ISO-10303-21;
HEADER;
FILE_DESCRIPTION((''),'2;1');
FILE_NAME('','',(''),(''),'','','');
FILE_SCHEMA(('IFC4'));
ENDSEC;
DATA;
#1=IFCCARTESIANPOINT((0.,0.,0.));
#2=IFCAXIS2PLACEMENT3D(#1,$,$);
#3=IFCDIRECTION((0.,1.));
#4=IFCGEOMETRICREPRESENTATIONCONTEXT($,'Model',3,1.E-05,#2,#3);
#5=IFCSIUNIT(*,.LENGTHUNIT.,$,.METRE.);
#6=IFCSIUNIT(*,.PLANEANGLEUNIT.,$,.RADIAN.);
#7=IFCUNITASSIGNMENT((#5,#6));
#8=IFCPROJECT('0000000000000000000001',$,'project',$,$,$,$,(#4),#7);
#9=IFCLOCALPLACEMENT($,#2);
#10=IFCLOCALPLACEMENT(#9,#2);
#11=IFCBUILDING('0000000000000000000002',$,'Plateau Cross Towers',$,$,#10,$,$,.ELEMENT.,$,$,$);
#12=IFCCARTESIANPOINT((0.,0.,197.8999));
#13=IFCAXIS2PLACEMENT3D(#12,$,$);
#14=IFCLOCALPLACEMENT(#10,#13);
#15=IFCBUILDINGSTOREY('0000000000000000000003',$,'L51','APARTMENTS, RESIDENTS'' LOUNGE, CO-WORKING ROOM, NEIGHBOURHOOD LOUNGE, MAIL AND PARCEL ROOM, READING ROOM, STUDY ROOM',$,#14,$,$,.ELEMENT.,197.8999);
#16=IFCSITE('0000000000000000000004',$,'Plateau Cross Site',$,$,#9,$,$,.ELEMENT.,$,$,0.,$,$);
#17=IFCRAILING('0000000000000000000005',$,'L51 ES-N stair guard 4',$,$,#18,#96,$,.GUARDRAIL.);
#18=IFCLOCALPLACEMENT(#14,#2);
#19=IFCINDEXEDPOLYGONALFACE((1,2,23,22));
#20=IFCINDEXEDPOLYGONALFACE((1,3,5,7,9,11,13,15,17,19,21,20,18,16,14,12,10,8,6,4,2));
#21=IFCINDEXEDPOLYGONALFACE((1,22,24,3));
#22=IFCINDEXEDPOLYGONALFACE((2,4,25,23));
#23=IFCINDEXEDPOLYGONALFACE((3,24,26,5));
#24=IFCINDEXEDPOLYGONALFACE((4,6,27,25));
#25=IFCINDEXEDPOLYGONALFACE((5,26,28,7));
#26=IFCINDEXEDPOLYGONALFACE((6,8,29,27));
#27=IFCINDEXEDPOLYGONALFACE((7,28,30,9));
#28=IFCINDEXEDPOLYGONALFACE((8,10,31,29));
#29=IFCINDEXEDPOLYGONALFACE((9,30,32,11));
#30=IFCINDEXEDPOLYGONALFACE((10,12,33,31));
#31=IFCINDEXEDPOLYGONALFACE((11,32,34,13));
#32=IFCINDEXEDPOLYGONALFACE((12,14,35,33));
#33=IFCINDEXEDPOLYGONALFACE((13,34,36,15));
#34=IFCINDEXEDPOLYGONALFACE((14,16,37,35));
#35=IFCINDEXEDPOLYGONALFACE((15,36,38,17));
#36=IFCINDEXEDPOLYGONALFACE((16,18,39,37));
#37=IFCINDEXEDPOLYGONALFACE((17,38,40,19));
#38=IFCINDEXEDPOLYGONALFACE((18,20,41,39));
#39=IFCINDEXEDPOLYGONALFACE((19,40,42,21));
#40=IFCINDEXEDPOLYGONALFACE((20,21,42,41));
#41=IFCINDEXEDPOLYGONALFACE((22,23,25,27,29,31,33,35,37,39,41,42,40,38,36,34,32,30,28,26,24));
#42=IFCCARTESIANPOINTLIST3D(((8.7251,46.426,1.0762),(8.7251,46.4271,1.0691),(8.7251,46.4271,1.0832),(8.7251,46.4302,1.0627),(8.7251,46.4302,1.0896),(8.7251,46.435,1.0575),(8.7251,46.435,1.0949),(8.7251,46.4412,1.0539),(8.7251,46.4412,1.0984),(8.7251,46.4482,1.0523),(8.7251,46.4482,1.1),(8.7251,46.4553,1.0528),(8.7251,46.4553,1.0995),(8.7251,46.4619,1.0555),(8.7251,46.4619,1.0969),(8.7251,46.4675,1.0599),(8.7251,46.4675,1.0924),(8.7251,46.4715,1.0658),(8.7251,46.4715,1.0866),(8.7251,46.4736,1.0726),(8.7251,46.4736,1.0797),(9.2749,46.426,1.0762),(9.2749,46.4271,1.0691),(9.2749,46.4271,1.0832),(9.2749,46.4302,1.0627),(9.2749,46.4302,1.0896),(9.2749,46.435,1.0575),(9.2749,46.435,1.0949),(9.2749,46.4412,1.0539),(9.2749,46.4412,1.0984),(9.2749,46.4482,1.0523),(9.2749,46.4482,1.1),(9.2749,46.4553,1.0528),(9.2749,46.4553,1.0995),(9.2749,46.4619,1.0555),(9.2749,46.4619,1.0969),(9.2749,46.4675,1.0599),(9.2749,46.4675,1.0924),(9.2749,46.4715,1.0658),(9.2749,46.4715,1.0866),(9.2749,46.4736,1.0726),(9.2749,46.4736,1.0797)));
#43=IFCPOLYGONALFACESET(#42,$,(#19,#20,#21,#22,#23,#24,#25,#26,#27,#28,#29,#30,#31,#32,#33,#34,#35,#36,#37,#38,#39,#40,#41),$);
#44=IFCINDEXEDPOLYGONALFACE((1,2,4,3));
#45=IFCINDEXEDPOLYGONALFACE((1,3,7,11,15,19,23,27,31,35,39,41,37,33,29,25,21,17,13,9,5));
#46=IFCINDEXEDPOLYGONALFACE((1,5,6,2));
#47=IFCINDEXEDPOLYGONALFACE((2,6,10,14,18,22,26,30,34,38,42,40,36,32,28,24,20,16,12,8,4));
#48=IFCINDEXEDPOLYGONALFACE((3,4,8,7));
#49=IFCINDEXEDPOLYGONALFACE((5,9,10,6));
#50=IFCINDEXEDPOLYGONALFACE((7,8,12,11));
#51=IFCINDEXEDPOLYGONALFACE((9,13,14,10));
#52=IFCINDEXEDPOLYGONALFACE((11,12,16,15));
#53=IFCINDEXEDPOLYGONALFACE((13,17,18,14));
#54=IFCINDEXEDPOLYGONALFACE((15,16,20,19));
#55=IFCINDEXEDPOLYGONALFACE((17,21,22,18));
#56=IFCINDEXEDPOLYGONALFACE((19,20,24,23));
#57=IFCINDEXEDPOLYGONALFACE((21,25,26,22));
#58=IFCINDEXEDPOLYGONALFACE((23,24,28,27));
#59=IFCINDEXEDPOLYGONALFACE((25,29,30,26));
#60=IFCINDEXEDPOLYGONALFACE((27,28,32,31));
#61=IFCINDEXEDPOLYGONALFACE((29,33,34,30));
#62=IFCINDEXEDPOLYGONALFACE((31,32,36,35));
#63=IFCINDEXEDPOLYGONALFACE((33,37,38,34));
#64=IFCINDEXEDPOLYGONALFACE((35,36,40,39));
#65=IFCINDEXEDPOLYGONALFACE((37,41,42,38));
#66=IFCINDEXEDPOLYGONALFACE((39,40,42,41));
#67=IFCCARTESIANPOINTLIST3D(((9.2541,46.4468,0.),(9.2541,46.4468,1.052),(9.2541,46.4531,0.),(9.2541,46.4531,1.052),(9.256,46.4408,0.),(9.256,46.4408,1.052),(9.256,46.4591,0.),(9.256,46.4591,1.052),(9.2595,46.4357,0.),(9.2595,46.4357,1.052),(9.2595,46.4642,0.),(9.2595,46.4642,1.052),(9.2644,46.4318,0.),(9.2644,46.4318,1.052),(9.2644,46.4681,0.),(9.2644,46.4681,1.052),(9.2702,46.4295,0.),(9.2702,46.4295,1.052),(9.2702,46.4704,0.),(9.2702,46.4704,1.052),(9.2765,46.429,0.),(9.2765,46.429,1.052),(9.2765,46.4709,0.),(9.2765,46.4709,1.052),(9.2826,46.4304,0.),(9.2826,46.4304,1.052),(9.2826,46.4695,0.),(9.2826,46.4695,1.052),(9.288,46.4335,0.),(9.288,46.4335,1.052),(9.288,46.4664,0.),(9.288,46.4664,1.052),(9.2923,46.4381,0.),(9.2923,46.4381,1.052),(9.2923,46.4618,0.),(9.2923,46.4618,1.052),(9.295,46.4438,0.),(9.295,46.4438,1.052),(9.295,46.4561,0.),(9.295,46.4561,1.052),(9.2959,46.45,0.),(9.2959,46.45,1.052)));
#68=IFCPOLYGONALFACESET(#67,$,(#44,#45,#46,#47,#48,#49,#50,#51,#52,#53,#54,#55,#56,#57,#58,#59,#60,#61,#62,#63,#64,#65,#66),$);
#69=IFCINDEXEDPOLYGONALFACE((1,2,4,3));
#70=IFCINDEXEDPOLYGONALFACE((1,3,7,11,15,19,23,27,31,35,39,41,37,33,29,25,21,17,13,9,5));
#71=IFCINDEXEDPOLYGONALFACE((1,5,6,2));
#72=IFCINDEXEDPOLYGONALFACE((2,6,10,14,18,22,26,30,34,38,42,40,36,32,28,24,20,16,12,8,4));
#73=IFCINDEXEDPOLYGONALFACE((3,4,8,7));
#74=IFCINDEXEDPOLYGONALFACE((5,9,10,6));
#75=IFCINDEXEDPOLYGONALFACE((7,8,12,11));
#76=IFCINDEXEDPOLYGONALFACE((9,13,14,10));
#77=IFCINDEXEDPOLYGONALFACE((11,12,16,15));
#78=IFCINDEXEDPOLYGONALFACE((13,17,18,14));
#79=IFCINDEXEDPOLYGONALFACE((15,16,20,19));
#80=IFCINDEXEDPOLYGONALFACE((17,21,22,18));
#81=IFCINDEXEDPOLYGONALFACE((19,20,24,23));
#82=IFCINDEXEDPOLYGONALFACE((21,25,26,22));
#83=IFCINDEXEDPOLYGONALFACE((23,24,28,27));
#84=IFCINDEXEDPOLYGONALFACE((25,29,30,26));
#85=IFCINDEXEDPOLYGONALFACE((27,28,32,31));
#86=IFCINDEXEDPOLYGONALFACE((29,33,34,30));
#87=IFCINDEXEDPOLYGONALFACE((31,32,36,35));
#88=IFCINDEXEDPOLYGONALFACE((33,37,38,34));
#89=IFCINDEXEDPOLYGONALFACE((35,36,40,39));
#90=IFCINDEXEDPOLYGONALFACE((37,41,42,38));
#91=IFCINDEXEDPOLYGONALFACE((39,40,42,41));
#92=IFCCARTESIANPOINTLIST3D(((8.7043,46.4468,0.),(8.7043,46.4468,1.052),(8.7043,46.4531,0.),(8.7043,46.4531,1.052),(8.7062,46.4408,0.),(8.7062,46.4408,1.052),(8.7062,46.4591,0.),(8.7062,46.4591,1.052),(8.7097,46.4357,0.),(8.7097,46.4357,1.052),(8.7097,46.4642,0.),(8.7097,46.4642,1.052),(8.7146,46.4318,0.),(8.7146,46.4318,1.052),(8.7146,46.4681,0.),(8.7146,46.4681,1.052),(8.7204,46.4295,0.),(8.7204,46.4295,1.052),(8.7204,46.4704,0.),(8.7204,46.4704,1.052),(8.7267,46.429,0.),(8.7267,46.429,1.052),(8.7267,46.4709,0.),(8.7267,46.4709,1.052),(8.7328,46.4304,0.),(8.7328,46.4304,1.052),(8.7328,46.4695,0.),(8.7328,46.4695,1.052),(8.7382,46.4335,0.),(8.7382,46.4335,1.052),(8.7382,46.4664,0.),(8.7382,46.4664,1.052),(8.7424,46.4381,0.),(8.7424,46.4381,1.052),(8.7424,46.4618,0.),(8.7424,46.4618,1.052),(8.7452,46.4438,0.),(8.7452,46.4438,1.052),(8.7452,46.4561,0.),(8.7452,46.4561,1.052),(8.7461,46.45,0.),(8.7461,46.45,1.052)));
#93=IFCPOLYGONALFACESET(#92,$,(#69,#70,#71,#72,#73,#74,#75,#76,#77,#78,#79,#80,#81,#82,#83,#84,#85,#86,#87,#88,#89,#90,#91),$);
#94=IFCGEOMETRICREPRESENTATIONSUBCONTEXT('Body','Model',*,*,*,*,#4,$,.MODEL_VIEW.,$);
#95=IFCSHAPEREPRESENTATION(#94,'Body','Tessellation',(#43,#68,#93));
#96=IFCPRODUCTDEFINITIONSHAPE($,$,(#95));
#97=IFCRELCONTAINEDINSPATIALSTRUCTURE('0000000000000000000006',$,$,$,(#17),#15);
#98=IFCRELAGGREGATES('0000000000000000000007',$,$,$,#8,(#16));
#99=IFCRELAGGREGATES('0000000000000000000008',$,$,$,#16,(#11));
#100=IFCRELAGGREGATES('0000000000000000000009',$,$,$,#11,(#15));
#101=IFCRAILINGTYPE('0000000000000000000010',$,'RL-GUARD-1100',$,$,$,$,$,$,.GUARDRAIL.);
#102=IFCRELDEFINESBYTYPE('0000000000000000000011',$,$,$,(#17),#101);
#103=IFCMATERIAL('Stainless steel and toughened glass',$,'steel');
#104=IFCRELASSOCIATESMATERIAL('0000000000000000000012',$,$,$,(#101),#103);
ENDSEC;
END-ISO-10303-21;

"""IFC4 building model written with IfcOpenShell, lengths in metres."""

from ifc_helpers import new_model, si_unit, direction, frame, origin, origin_2d, place, context, subcontext, project, spatial, circle, extrude, material, type_object, element, save


model = new_model("IFC4")

# Units and contexts
model_context = context("Model", 3, precision=1e-05, world=origin(), true_north=direction((0.0, 1.0)))
body_context = subcontext(model_context, "Body", "Model", "MODEL_VIEW")
ifc_project = project(units=[si_unit("LENGTHUNIT", "METRE"), si_unit("PLANEANGLEUNIT", "RADIAN")], contexts=[model_context])

# Site, building, storey
site_placement = place(None, origin())
site = spatial("IfcSite", under=ifc_project, at=site_placement, Name="Plateau Cross Site", CompositionType="ELEMENT", RefElevation=0.0)
building_placement = place(site_placement, origin())
building = spatial("IfcBuilding", under=site, at=building_placement, Name="Plateau Cross Towers", CompositionType="ELEMENT")
storey_placement = place(building_placement, frame((0.0, 0.0, 197.8999)))
storey = spatial("IfcBuildingStorey", under=building, at=storey_placement, Name="L51", Description="APARTMENTS, RESIDENTS' LOUNGE, CO-WORKING ROOM, NEIGHBOURHOOD LOUNGE, MAIL AND PARCEL ROOM, READING ROOM, STUDY ROOM", CompositionType="ELEMENT", Elevation=197.8999)

# Railing
ifc_material_1 = material(Name="Stainless steel and toughened glass", Category="steel")
railing_type_1 = type_object("IfcRailingType", Name="RL-GUARD-1100", PredefinedType="GUARDRAIL", material=ifc_material_1)
railing_1_placement = place(storey_placement, frame((9.2749, 46.45, 0.0)))
element("IfcRailing", 1, at=railing_1_placement, inside=storey, type_object=railing_type_1, Name="L51 ES-N stair guard 4", PredefinedType="GUARDRAIL", context=body_context, shape_type="SweptSolid", body=[
    extrude(circle(Radius=0.0239, at=origin_2d()), frame((0.0, 0.0, 1.0762), z_axis=(-1.0, 0.0, 0.0), x_axis=(0.0, -1.0, 0.0)), (0.0, 0.0, 1.0), 0.5498),
    extrude(circle(Radius=0.021, at=origin_2d()), origin(), (0.0, 0.0, 1.0), 1.052),
    extrude(circle(Radius=0.021, at=origin_2d()), frame((-0.5498, 0.0, 0.0)), (0.0, 0.0, 1.0), 1.052),
])

save(model, "model.ifc")
